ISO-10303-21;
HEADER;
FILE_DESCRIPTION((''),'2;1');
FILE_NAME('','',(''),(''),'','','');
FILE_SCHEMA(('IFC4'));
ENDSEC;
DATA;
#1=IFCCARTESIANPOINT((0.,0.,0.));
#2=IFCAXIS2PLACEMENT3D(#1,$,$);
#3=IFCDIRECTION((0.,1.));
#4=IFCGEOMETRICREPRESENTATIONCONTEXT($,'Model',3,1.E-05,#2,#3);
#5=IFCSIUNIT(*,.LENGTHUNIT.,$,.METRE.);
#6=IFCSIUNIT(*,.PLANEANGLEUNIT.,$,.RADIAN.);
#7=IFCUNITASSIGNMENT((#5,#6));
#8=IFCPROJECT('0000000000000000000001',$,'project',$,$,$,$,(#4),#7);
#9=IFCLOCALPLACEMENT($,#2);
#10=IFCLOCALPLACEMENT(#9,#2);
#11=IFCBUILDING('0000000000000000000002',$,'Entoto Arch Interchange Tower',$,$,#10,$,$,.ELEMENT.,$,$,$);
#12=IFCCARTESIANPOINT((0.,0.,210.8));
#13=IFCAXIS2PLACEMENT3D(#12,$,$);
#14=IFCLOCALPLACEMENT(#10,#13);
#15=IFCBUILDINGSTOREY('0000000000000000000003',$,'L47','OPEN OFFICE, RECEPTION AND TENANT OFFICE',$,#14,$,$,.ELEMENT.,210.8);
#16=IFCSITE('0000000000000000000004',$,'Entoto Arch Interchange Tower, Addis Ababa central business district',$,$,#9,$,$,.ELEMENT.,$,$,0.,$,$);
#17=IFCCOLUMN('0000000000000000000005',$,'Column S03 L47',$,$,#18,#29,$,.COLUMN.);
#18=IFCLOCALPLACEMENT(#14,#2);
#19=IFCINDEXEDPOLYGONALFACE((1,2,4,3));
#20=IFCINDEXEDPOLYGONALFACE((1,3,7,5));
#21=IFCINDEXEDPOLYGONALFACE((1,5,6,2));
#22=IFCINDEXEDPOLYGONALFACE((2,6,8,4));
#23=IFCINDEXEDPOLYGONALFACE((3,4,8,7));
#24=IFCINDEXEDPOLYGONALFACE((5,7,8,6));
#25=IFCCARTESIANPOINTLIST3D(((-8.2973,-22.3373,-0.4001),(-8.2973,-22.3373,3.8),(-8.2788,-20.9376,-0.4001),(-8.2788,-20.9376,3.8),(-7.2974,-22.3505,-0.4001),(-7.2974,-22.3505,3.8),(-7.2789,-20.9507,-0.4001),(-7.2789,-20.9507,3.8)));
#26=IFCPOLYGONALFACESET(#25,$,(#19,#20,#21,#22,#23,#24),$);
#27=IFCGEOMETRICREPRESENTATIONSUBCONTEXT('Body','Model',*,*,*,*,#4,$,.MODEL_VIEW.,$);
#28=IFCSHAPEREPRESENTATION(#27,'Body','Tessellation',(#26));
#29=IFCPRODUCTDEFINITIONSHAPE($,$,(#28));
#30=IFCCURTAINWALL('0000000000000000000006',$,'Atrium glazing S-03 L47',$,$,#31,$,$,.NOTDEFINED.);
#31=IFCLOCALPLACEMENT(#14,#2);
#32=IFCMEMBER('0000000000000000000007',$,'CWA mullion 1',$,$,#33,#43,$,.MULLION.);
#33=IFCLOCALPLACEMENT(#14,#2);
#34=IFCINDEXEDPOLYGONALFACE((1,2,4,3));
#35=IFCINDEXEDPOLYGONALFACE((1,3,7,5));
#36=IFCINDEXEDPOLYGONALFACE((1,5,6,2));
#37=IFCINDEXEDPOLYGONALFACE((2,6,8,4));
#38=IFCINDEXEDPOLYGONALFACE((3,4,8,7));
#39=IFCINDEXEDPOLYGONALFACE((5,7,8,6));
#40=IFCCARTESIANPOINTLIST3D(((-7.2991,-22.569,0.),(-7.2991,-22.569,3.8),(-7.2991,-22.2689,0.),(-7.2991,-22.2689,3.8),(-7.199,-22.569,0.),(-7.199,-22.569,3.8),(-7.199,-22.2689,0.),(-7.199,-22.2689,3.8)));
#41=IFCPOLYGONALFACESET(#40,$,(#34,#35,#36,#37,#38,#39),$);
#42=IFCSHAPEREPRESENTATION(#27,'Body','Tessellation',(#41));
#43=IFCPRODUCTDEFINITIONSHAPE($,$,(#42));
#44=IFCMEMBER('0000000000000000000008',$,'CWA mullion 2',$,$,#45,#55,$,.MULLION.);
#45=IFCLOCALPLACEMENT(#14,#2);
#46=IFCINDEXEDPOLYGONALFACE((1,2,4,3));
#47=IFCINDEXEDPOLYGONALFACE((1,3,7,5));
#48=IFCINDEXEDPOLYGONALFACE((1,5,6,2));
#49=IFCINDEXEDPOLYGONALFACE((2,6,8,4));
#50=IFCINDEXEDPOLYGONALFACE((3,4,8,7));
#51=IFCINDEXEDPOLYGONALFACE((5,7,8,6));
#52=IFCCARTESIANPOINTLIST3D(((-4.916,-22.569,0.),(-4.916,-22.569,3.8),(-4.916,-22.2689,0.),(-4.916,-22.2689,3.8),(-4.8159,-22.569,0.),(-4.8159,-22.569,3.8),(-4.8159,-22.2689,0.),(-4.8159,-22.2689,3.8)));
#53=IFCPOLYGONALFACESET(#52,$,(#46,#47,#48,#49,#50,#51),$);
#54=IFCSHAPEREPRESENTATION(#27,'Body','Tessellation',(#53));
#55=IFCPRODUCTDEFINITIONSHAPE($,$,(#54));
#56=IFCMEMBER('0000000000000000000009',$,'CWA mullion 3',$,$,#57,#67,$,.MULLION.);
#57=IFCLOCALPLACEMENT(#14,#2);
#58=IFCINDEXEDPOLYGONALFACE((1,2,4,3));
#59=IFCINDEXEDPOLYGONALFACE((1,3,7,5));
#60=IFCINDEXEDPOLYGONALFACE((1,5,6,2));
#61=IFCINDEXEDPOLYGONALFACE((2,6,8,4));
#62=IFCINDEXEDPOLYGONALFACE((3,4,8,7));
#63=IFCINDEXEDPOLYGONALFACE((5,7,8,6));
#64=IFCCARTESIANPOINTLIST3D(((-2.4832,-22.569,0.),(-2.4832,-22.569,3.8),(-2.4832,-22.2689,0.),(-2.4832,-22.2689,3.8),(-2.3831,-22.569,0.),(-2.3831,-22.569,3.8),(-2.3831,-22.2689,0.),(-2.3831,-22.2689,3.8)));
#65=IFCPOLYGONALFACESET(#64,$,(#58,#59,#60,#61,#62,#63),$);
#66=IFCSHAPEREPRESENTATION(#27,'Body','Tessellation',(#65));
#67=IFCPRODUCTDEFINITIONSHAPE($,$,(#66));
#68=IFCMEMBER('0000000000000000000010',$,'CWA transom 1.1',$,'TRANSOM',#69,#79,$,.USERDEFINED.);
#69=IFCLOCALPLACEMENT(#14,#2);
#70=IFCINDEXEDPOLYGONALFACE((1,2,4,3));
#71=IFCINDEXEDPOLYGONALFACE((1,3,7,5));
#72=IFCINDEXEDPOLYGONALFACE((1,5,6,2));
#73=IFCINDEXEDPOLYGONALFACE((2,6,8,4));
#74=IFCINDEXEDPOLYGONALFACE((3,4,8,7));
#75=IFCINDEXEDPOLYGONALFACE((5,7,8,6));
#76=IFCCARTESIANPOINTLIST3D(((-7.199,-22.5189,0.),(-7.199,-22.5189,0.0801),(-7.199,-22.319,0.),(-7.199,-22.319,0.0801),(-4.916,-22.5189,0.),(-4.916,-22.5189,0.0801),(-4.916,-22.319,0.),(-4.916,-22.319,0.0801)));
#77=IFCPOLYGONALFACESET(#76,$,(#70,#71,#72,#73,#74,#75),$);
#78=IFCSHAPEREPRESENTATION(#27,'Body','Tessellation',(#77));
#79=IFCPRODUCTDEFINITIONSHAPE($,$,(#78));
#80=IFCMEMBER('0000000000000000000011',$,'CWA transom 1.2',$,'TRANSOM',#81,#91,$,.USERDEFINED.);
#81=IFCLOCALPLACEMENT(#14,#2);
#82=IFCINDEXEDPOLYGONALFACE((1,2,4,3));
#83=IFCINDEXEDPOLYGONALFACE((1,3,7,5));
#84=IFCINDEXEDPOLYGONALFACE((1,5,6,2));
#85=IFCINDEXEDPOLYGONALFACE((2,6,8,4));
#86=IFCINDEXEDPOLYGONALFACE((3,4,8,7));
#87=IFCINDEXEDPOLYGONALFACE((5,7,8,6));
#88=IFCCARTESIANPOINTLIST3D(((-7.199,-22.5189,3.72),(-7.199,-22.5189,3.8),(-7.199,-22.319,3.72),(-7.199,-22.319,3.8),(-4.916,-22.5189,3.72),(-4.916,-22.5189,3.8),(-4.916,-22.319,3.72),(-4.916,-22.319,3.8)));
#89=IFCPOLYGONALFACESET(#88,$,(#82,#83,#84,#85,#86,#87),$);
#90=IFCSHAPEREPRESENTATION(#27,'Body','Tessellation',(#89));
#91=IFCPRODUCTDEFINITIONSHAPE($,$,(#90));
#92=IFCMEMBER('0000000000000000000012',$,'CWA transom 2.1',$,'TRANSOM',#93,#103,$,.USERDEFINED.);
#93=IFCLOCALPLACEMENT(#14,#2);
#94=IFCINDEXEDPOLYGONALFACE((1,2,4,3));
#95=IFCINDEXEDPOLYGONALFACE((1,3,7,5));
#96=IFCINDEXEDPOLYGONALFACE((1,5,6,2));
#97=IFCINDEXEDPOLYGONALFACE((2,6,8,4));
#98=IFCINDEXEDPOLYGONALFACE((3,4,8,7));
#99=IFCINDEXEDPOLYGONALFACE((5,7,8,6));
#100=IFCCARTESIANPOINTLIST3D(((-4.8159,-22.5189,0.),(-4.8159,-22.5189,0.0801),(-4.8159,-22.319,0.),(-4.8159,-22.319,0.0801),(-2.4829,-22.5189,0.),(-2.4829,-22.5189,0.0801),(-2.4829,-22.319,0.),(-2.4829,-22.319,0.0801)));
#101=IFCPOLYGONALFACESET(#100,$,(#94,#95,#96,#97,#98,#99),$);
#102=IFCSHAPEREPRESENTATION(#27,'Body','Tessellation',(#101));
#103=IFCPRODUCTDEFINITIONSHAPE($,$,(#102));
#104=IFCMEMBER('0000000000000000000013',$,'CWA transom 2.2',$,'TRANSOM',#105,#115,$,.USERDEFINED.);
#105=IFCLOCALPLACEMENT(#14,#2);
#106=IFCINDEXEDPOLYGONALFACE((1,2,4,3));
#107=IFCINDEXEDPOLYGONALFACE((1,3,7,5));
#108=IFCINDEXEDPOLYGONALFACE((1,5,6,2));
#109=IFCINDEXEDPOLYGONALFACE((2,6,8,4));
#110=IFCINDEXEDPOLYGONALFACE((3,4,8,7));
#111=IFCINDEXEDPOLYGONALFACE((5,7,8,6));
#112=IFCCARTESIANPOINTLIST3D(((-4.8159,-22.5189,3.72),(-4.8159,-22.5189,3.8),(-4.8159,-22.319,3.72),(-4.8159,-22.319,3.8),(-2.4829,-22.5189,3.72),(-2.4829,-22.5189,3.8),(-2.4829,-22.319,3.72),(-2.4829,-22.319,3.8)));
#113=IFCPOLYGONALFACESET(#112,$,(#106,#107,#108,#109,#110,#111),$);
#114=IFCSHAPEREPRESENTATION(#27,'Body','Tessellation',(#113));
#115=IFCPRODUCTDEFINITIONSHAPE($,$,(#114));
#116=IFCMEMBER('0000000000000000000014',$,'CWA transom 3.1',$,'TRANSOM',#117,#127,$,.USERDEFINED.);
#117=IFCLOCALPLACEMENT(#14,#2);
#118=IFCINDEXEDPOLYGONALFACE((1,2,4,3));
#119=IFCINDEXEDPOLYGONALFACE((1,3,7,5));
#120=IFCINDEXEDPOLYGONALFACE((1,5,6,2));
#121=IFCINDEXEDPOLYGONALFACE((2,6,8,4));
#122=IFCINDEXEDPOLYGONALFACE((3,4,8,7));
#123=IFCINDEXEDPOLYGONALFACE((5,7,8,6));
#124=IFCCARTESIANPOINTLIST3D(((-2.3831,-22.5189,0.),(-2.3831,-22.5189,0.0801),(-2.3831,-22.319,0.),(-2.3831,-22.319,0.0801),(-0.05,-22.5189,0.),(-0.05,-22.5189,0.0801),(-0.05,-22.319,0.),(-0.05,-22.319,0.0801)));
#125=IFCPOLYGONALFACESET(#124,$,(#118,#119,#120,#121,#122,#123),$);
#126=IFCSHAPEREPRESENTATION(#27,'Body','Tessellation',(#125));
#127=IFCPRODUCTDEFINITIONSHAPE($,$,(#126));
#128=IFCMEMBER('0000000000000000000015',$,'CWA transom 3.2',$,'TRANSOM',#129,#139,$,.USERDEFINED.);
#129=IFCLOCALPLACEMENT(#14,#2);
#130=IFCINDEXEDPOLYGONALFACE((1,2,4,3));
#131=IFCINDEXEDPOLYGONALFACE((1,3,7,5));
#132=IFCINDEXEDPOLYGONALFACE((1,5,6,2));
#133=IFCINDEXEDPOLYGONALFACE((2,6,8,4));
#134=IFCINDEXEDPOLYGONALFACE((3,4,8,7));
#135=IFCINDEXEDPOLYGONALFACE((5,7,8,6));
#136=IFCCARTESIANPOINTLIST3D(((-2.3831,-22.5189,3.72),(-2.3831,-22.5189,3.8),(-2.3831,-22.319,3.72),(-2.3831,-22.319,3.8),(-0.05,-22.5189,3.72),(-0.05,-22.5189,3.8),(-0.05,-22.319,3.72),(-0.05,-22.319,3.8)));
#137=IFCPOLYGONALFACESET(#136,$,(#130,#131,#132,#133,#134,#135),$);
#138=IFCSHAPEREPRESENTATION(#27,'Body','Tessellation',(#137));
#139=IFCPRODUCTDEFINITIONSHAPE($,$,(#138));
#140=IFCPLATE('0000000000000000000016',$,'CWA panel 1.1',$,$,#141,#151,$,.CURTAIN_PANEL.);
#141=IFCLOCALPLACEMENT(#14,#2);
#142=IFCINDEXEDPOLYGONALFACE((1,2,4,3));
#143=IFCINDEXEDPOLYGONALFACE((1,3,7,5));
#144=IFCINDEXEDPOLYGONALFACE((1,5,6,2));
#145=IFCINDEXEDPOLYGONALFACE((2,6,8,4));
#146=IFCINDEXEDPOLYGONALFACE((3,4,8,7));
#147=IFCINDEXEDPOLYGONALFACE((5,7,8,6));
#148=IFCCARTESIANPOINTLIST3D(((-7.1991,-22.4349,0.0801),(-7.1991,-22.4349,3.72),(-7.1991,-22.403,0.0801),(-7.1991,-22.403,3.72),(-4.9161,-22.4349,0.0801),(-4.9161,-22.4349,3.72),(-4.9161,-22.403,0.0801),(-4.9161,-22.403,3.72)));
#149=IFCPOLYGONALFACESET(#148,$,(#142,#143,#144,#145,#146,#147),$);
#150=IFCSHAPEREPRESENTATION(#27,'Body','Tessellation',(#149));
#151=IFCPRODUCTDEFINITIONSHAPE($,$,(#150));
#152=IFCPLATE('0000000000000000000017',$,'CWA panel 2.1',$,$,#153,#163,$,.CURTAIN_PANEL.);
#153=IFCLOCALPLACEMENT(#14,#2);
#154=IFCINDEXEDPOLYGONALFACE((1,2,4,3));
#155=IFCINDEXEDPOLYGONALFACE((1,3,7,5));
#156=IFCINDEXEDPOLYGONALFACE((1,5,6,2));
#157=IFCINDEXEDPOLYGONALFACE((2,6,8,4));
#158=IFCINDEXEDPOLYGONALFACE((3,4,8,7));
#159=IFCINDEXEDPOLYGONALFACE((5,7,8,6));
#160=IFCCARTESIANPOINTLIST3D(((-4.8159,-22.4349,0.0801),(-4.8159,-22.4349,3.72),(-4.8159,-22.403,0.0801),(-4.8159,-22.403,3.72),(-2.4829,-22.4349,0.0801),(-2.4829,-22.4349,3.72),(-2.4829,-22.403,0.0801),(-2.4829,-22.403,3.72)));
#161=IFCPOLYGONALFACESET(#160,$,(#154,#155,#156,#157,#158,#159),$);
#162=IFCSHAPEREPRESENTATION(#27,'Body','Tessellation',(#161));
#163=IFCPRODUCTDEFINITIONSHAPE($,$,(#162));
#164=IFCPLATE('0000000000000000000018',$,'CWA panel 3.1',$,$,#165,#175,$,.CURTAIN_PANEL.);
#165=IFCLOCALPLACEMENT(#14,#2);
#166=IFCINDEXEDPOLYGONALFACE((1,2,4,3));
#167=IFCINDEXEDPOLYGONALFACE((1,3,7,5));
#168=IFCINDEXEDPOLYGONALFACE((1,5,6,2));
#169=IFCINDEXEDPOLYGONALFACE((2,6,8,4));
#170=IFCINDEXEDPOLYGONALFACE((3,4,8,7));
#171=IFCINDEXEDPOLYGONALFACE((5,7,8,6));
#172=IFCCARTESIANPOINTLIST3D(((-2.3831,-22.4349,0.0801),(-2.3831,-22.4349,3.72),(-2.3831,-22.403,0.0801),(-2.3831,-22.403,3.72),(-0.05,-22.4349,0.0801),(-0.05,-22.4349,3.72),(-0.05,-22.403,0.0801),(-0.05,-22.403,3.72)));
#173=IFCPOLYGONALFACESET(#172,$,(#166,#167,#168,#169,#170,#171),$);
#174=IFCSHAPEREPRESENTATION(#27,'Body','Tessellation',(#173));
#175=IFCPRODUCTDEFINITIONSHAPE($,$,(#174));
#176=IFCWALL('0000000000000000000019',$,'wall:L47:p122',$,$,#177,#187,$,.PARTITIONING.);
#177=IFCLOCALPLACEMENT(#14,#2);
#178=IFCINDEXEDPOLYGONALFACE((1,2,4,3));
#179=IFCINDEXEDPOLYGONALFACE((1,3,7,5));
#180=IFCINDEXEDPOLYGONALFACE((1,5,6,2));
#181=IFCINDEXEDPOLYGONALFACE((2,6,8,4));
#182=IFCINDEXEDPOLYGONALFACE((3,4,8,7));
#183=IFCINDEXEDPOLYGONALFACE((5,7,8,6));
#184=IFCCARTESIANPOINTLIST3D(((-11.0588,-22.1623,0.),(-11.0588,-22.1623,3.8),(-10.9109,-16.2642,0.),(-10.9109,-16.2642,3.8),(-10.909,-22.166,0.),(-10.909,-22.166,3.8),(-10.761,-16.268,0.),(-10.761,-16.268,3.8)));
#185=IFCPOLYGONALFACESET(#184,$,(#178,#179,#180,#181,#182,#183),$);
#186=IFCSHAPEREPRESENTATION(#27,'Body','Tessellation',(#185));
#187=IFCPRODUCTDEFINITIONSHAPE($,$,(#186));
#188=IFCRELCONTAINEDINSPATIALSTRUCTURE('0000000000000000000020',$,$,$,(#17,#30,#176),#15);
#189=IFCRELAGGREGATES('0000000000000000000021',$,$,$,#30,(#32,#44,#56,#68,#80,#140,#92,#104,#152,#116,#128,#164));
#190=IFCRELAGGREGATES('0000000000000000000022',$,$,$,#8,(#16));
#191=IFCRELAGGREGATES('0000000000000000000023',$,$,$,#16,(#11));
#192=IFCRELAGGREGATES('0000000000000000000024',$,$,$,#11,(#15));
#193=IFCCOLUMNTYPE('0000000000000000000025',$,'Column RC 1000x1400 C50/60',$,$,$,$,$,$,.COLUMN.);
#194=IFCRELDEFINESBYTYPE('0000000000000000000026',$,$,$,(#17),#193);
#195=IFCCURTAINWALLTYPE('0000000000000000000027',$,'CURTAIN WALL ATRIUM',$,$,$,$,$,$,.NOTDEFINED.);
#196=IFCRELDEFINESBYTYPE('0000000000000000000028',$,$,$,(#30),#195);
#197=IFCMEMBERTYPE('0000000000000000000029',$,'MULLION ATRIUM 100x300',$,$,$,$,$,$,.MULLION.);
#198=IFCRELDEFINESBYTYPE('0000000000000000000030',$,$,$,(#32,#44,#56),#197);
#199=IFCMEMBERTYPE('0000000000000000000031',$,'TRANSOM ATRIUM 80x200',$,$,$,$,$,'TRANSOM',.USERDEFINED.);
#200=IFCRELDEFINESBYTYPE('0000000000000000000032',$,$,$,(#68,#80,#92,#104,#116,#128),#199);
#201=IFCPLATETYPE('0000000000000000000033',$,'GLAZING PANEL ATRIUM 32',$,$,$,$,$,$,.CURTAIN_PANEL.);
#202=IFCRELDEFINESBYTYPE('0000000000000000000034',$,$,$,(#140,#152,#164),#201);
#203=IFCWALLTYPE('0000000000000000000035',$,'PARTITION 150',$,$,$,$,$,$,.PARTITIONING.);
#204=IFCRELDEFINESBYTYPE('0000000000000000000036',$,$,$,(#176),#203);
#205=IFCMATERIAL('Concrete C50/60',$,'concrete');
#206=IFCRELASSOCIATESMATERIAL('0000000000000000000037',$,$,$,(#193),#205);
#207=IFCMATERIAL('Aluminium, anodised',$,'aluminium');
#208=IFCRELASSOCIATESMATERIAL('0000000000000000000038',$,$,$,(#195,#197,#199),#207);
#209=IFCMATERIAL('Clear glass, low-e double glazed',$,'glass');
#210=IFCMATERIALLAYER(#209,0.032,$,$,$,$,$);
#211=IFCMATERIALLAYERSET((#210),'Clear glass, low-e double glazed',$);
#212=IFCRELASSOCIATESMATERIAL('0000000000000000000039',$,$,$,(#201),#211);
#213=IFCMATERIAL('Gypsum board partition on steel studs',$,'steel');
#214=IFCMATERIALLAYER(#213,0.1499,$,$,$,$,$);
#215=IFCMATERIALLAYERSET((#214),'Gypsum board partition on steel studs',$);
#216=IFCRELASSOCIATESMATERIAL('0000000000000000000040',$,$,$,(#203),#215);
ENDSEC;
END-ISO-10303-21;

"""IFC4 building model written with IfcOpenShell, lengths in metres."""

from ifc_helpers import new_model, si_unit, direction, frame, frame_2d, origin, origin_2d, place, context, subcontext, project, spatial, rectangle, extrude, material, layer, layer_set, material_profile, profile_set, type_object, element, aggregate, save


model = new_model("IFC4")

# Units and contexts
model_context = context("Model", 3, precision=1e-05, world=origin(), true_north=direction((0.0, 1.0)))
body_context = subcontext(model_context, "Body", "Model", "MODEL_VIEW")
ifc_project = project(units=[si_unit("LENGTHUNIT", "METRE"), si_unit("PLANEANGLEUNIT", "RADIAN")], contexts=[model_context])

# Site, building, storey
site_placement = place(None, origin())
site = spatial("IfcSite", under=ifc_project, at=site_placement, Name="Entoto Arch Interchange Tower, Addis Ababa central business district", CompositionType="ELEMENT", RefElevation=0.0)
building_placement = place(site_placement, origin())
building = spatial("IfcBuilding", under=site, at=building_placement, Name="Entoto Arch Interchange Tower", CompositionType="ELEMENT")
storey_placement = place(building_placement, frame((0.0, 0.0, 210.8)))
storey = spatial("IfcBuildingStorey", under=building, at=storey_placement, Name="L47", Description="OPEN OFFICE, RECEPTION AND TENANT OFFICE", CompositionType="ELEMENT", Elevation=210.8)

# Column
ifc_material_1 = material(Name="Concrete C50/60", Category="concrete")
ifc_material_profile_1 = material_profile(ifc_material_1, rectangle(XDim=1.0, YDim=1.3999, at=origin_2d()))
ifc_profile_set_1 = profile_set([ifc_material_profile_1], Name="Concrete C50/60")
column_type = type_object("IfcColumnType", Name="Column RC 1000x1400 C50/60", PredefinedType="COLUMN", material=ifc_profile_set_1)
column_placement = place(storey_placement, frame((-7.7881, -21.644, -0.4001), z_axis=(0.0, 0.0, 1.0), x_axis=(-0.999913, 0.013177, 0.0)))
element("IfcColumn", 1, at=column_placement, inside=storey, type_object=column_type, Name="Column S03 L47", PredefinedType="COLUMN", context=body_context, shape_type="SweptSolid", body=[
    extrude(rectangle(XDim=1.0, YDim=1.3999, at=origin_2d()), origin(), (0.0, 0.0, 1.0), 4.2002),
])

# Curtain wall, members, plates
ifc_material_2 = material(Name="Aluminium, anodised", Category="aluminium")
curtain_wall_type = type_object("IfcCurtainWallType", Name="CURTAIN WALL ATRIUM", PredefinedType="NOTDEFINED", material=ifc_material_2)
curtain_wall_placement = place(storey_placement, origin())
curtain_wall = element("IfcCurtainWall", 2, at=curtain_wall_placement, inside=storey, type_object=curtain_wall_type, Name="Atrium glazing S-03 L47", PredefinedType="NOTDEFINED")
ifc_material_profile_2 = material_profile(ifc_material_2, rectangle(XDim=0.3, YDim=0.1001, at=origin_2d()))
ifc_profile_set_2 = profile_set([ifc_material_profile_2], Name="Aluminium, anodised")
member_type_1 = type_object("IfcMemberType", Name="MULLION ATRIUM 100x300", PredefinedType="MULLION", material=ifc_profile_set_2)
member_1_placement = place(storey_placement, frame((-7.249, -22.4189, 0.0), z_axis=(0.0, 0.0, 1.0), x_axis=(0.0, 1.0, 0.0)))
member_1 = element("IfcMember", 3, at=member_1_placement, type_object=member_type_1, Name="CWA mullion 1", PredefinedType="MULLION", context=body_context, shape_type="SweptSolid", body=[
    extrude(rectangle(XDim=0.3, YDim=0.1001, at=origin_2d()), origin(), (0.0, 0.0, 1.0), 3.8),
])
member_2_placement = place(storey_placement, frame((-4.866, -22.4189, 0.0), z_axis=(0.0, 0.0, 1.0), x_axis=(0.0, 1.0, 0.0)))
member_2 = element("IfcMember", 4, at=member_2_placement, type_object=member_type_1, Name="CWA mullion 2", PredefinedType="MULLION", context=body_context, shape_type="SweptSolid", body=[
    extrude(rectangle(XDim=0.3, YDim=0.1001, at=origin_2d()), origin(), (0.0, 0.0, 1.0), 3.8),
])
member_3_placement = place(storey_placement, frame((-2.4331, -22.4189, 0.0), z_axis=(0.0, 0.0, 1.0), x_axis=(0.0, 1.0, 0.0)))
member_3 = element("IfcMember", 5, at=member_3_placement, type_object=member_type_1, Name="CWA mullion 3", PredefinedType="MULLION", context=body_context, shape_type="SweptSolid", body=[
    extrude(rectangle(XDim=0.3, YDim=0.1001, at=origin_2d()), origin(), (0.0, 0.0, 1.0), 3.8),
])
ifc_material_profile_3 = material_profile(ifc_material_2, rectangle(XDim=0.2, YDim=0.0801, at=origin_2d()))
ifc_profile_set_3 = profile_set([ifc_material_profile_3], Name="Aluminium, anodised")
member_type_2 = type_object("IfcMemberType", Name="TRANSOM ATRIUM 80x200", ElementType="TRANSOM", PredefinedType="USERDEFINED", material=ifc_profile_set_3)
member_4_placement = place(storey_placement, frame((-7.199, -22.4189, 0.04), z_axis=(1.0, 0.0, 0.0), x_axis=(0.0, 1.0, 0.0)))
member_4 = element("IfcMember", 6, at=member_4_placement, type_object=member_type_2, Name="CWA transom 1.1", ObjectType="TRANSOM", PredefinedType="USERDEFINED", context=body_context, shape_type="SweptSolid", body=[
    extrude(rectangle(XDim=0.2, YDim=0.0801, at=origin_2d()), origin(), (0.0, 0.0, 1.0), 2.283),
])
member_5_placement = place(storey_placement, frame((-7.199, -22.4189, 3.76), z_axis=(1.0, 0.0, 0.0), x_axis=(0.0, 1.0, 0.0)))
member_5 = element("IfcMember", 7, at=member_5_placement, type_object=member_type_2, Name="CWA transom 1.2", ObjectType="TRANSOM", PredefinedType="USERDEFINED", context=body_context, shape_type="SweptSolid", body=[
    extrude(rectangle(XDim=0.2, YDim=0.0801, at=origin_2d()), origin(), (0.0, 0.0, 1.0), 2.283),
])
member_6_placement = place(storey_placement, frame((-4.8159, -22.4189, 0.04), z_axis=(1.0, 0.0, 0.0), x_axis=(0.0, 1.0, 0.0)))
member_6 = element("IfcMember", 8, at=member_6_placement, type_object=member_type_2, Name="CWA transom 2.1", ObjectType="TRANSOM", PredefinedType="USERDEFINED", context=body_context, shape_type="SweptSolid", body=[
    extrude(rectangle(XDim=0.2, YDim=0.0801, at=origin_2d()), origin(), (0.0, 0.0, 1.0), 2.333),
])
member_7_placement = place(storey_placement, frame((-4.8159, -22.4189, 3.76), z_axis=(1.0, 0.0, 0.0), x_axis=(0.0, 1.0, 0.0)))
member_7 = element("IfcMember", 9, at=member_7_placement, type_object=member_type_2, Name="CWA transom 2.2", ObjectType="TRANSOM", PredefinedType="USERDEFINED", context=body_context, shape_type="SweptSolid", body=[
    extrude(rectangle(XDim=0.2, YDim=0.0801, at=origin_2d()), origin(), (0.0, 0.0, 1.0), 2.333),
])
member_8_placement = place(storey_placement, frame((-2.3831, -22.4189, 0.04), z_axis=(1.0, 0.0, 0.0), x_axis=(0.0, 1.0, 0.0)))
member_8 = element("IfcMember", 10, at=member_8_placement, type_object=member_type_2, Name="CWA transom 3.1", ObjectType="TRANSOM", PredefinedType="USERDEFINED", context=body_context, shape_type="SweptSolid", body=[
    extrude(rectangle(XDim=0.2, YDim=0.0801, at=origin_2d()), origin(), (0.0, 0.0, 1.0), 2.333),
])
member_9_placement = place(storey_placement, frame((-2.3831, -22.4189, 3.76), z_axis=(1.0, 0.0, 0.0), x_axis=(0.0, 1.0, 0.0)))
member_9 = element("IfcMember", 11, at=member_9_placement, type_object=member_type_2, Name="CWA transom 3.2", ObjectType="TRANSOM", PredefinedType="USERDEFINED", context=body_context, shape_type="SweptSolid", body=[
    extrude(rectangle(XDim=0.2, YDim=0.0801, at=origin_2d()), origin(), (0.0, 0.0, 1.0), 2.333),
])
ifc_material_3 = material(Name="Clear glass, low-e double glazed", Category="glass")
ifc_layer_1 = layer(ifc_material_3, 0.032)
ifc_layer_set_1 = layer_set([ifc_layer_1], Name="Clear glass, low-e double glazed")
plate_type = type_object("IfcPlateType", Name="GLAZING PANEL ATRIUM 32", PredefinedType="CURTAIN_PANEL", material=ifc_layer_set_1)
plate_1_placement = place(storey_placement, frame((-6.0576, -22.4189, 0.0801), z_axis=(0.0, 0.0, 1.0), x_axis=(1.0, 0.0, 0.0)))
plate_1 = element("IfcPlate", 12, at=plate_1_placement, type_object=plate_type, Name="CWA panel 1.1", PredefinedType="CURTAIN_PANEL", context=body_context, shape_type="SweptSolid", body=[
    extrude(rectangle(XDim=2.283, YDim=0.032, at=origin_2d()), origin(), (0.0, 0.0, 1.0), 3.6399),
])
plate_2_placement = place(storey_placement, frame((-3.6494, -22.4189, 0.0801), z_axis=(0.0, 0.0, 1.0), x_axis=(1.0, 0.0, 0.0)))
plate_2 = element("IfcPlate", 13, at=plate_2_placement, type_object=plate_type, Name="CWA panel 2.1", PredefinedType="CURTAIN_PANEL", context=body_context, shape_type="SweptSolid", body=[
    extrude(rectangle(XDim=2.333, YDim=0.032, at=origin_2d()), origin(), (0.0, 0.0, 1.0), 3.6399),
])
plate_3_placement = place(storey_placement, frame((-1.2166, -22.4189, 0.0801), z_axis=(0.0, 0.0, 1.0), x_axis=(1.0, 0.0, 0.0)))
plate_3 = element("IfcPlate", 14, at=plate_3_placement, type_object=plate_type, Name="CWA panel 3.1", PredefinedType="CURTAIN_PANEL", context=body_context, shape_type="SweptSolid", body=[
    extrude(rectangle(XDim=2.333, YDim=0.032, at=origin_2d()), origin(), (0.0, 0.0, 1.0), 3.6399),
])
aggregate(curtain_wall, [member_1, member_2, member_3, member_4, member_5, plate_1, member_6, member_7, plate_2, member_8, member_9, plate_3])

# Wall
ifc_material_4 = material(Name="Gypsum board partition on steel studs", Category="steel")
ifc_layer_2 = layer(ifc_material_4, 0.1499)
ifc_layer_set_2 = layer_set([ifc_layer_2], Name="Gypsum board partition on steel studs")
wall_type_1 = type_object("IfcWallType", Name="PARTITION 150", PredefinedType="PARTITIONING", material=ifc_layer_set_2)
wall_1_placement = place(storey_placement, frame((-10.8359, -16.2661, 0.0), z_axis=(0.0, 0.0, 1.0), x_axis=(-0.025077, -0.999686, 0.0)))
element("IfcWall", 15, at=wall_1_placement, inside=storey, type_object=wall_type_1, Name="wall:L47:p122", PredefinedType="PARTITIONING", context=body_context, shape_type="SweptSolid", body=[
    extrude(rectangle(XDim=5.8999, YDim=0.1499, at=frame_2d((2.95, 0.0))), origin(), (0.0, 0.0, 1.0), 3.8),
])

save(model, "model.ifc")
